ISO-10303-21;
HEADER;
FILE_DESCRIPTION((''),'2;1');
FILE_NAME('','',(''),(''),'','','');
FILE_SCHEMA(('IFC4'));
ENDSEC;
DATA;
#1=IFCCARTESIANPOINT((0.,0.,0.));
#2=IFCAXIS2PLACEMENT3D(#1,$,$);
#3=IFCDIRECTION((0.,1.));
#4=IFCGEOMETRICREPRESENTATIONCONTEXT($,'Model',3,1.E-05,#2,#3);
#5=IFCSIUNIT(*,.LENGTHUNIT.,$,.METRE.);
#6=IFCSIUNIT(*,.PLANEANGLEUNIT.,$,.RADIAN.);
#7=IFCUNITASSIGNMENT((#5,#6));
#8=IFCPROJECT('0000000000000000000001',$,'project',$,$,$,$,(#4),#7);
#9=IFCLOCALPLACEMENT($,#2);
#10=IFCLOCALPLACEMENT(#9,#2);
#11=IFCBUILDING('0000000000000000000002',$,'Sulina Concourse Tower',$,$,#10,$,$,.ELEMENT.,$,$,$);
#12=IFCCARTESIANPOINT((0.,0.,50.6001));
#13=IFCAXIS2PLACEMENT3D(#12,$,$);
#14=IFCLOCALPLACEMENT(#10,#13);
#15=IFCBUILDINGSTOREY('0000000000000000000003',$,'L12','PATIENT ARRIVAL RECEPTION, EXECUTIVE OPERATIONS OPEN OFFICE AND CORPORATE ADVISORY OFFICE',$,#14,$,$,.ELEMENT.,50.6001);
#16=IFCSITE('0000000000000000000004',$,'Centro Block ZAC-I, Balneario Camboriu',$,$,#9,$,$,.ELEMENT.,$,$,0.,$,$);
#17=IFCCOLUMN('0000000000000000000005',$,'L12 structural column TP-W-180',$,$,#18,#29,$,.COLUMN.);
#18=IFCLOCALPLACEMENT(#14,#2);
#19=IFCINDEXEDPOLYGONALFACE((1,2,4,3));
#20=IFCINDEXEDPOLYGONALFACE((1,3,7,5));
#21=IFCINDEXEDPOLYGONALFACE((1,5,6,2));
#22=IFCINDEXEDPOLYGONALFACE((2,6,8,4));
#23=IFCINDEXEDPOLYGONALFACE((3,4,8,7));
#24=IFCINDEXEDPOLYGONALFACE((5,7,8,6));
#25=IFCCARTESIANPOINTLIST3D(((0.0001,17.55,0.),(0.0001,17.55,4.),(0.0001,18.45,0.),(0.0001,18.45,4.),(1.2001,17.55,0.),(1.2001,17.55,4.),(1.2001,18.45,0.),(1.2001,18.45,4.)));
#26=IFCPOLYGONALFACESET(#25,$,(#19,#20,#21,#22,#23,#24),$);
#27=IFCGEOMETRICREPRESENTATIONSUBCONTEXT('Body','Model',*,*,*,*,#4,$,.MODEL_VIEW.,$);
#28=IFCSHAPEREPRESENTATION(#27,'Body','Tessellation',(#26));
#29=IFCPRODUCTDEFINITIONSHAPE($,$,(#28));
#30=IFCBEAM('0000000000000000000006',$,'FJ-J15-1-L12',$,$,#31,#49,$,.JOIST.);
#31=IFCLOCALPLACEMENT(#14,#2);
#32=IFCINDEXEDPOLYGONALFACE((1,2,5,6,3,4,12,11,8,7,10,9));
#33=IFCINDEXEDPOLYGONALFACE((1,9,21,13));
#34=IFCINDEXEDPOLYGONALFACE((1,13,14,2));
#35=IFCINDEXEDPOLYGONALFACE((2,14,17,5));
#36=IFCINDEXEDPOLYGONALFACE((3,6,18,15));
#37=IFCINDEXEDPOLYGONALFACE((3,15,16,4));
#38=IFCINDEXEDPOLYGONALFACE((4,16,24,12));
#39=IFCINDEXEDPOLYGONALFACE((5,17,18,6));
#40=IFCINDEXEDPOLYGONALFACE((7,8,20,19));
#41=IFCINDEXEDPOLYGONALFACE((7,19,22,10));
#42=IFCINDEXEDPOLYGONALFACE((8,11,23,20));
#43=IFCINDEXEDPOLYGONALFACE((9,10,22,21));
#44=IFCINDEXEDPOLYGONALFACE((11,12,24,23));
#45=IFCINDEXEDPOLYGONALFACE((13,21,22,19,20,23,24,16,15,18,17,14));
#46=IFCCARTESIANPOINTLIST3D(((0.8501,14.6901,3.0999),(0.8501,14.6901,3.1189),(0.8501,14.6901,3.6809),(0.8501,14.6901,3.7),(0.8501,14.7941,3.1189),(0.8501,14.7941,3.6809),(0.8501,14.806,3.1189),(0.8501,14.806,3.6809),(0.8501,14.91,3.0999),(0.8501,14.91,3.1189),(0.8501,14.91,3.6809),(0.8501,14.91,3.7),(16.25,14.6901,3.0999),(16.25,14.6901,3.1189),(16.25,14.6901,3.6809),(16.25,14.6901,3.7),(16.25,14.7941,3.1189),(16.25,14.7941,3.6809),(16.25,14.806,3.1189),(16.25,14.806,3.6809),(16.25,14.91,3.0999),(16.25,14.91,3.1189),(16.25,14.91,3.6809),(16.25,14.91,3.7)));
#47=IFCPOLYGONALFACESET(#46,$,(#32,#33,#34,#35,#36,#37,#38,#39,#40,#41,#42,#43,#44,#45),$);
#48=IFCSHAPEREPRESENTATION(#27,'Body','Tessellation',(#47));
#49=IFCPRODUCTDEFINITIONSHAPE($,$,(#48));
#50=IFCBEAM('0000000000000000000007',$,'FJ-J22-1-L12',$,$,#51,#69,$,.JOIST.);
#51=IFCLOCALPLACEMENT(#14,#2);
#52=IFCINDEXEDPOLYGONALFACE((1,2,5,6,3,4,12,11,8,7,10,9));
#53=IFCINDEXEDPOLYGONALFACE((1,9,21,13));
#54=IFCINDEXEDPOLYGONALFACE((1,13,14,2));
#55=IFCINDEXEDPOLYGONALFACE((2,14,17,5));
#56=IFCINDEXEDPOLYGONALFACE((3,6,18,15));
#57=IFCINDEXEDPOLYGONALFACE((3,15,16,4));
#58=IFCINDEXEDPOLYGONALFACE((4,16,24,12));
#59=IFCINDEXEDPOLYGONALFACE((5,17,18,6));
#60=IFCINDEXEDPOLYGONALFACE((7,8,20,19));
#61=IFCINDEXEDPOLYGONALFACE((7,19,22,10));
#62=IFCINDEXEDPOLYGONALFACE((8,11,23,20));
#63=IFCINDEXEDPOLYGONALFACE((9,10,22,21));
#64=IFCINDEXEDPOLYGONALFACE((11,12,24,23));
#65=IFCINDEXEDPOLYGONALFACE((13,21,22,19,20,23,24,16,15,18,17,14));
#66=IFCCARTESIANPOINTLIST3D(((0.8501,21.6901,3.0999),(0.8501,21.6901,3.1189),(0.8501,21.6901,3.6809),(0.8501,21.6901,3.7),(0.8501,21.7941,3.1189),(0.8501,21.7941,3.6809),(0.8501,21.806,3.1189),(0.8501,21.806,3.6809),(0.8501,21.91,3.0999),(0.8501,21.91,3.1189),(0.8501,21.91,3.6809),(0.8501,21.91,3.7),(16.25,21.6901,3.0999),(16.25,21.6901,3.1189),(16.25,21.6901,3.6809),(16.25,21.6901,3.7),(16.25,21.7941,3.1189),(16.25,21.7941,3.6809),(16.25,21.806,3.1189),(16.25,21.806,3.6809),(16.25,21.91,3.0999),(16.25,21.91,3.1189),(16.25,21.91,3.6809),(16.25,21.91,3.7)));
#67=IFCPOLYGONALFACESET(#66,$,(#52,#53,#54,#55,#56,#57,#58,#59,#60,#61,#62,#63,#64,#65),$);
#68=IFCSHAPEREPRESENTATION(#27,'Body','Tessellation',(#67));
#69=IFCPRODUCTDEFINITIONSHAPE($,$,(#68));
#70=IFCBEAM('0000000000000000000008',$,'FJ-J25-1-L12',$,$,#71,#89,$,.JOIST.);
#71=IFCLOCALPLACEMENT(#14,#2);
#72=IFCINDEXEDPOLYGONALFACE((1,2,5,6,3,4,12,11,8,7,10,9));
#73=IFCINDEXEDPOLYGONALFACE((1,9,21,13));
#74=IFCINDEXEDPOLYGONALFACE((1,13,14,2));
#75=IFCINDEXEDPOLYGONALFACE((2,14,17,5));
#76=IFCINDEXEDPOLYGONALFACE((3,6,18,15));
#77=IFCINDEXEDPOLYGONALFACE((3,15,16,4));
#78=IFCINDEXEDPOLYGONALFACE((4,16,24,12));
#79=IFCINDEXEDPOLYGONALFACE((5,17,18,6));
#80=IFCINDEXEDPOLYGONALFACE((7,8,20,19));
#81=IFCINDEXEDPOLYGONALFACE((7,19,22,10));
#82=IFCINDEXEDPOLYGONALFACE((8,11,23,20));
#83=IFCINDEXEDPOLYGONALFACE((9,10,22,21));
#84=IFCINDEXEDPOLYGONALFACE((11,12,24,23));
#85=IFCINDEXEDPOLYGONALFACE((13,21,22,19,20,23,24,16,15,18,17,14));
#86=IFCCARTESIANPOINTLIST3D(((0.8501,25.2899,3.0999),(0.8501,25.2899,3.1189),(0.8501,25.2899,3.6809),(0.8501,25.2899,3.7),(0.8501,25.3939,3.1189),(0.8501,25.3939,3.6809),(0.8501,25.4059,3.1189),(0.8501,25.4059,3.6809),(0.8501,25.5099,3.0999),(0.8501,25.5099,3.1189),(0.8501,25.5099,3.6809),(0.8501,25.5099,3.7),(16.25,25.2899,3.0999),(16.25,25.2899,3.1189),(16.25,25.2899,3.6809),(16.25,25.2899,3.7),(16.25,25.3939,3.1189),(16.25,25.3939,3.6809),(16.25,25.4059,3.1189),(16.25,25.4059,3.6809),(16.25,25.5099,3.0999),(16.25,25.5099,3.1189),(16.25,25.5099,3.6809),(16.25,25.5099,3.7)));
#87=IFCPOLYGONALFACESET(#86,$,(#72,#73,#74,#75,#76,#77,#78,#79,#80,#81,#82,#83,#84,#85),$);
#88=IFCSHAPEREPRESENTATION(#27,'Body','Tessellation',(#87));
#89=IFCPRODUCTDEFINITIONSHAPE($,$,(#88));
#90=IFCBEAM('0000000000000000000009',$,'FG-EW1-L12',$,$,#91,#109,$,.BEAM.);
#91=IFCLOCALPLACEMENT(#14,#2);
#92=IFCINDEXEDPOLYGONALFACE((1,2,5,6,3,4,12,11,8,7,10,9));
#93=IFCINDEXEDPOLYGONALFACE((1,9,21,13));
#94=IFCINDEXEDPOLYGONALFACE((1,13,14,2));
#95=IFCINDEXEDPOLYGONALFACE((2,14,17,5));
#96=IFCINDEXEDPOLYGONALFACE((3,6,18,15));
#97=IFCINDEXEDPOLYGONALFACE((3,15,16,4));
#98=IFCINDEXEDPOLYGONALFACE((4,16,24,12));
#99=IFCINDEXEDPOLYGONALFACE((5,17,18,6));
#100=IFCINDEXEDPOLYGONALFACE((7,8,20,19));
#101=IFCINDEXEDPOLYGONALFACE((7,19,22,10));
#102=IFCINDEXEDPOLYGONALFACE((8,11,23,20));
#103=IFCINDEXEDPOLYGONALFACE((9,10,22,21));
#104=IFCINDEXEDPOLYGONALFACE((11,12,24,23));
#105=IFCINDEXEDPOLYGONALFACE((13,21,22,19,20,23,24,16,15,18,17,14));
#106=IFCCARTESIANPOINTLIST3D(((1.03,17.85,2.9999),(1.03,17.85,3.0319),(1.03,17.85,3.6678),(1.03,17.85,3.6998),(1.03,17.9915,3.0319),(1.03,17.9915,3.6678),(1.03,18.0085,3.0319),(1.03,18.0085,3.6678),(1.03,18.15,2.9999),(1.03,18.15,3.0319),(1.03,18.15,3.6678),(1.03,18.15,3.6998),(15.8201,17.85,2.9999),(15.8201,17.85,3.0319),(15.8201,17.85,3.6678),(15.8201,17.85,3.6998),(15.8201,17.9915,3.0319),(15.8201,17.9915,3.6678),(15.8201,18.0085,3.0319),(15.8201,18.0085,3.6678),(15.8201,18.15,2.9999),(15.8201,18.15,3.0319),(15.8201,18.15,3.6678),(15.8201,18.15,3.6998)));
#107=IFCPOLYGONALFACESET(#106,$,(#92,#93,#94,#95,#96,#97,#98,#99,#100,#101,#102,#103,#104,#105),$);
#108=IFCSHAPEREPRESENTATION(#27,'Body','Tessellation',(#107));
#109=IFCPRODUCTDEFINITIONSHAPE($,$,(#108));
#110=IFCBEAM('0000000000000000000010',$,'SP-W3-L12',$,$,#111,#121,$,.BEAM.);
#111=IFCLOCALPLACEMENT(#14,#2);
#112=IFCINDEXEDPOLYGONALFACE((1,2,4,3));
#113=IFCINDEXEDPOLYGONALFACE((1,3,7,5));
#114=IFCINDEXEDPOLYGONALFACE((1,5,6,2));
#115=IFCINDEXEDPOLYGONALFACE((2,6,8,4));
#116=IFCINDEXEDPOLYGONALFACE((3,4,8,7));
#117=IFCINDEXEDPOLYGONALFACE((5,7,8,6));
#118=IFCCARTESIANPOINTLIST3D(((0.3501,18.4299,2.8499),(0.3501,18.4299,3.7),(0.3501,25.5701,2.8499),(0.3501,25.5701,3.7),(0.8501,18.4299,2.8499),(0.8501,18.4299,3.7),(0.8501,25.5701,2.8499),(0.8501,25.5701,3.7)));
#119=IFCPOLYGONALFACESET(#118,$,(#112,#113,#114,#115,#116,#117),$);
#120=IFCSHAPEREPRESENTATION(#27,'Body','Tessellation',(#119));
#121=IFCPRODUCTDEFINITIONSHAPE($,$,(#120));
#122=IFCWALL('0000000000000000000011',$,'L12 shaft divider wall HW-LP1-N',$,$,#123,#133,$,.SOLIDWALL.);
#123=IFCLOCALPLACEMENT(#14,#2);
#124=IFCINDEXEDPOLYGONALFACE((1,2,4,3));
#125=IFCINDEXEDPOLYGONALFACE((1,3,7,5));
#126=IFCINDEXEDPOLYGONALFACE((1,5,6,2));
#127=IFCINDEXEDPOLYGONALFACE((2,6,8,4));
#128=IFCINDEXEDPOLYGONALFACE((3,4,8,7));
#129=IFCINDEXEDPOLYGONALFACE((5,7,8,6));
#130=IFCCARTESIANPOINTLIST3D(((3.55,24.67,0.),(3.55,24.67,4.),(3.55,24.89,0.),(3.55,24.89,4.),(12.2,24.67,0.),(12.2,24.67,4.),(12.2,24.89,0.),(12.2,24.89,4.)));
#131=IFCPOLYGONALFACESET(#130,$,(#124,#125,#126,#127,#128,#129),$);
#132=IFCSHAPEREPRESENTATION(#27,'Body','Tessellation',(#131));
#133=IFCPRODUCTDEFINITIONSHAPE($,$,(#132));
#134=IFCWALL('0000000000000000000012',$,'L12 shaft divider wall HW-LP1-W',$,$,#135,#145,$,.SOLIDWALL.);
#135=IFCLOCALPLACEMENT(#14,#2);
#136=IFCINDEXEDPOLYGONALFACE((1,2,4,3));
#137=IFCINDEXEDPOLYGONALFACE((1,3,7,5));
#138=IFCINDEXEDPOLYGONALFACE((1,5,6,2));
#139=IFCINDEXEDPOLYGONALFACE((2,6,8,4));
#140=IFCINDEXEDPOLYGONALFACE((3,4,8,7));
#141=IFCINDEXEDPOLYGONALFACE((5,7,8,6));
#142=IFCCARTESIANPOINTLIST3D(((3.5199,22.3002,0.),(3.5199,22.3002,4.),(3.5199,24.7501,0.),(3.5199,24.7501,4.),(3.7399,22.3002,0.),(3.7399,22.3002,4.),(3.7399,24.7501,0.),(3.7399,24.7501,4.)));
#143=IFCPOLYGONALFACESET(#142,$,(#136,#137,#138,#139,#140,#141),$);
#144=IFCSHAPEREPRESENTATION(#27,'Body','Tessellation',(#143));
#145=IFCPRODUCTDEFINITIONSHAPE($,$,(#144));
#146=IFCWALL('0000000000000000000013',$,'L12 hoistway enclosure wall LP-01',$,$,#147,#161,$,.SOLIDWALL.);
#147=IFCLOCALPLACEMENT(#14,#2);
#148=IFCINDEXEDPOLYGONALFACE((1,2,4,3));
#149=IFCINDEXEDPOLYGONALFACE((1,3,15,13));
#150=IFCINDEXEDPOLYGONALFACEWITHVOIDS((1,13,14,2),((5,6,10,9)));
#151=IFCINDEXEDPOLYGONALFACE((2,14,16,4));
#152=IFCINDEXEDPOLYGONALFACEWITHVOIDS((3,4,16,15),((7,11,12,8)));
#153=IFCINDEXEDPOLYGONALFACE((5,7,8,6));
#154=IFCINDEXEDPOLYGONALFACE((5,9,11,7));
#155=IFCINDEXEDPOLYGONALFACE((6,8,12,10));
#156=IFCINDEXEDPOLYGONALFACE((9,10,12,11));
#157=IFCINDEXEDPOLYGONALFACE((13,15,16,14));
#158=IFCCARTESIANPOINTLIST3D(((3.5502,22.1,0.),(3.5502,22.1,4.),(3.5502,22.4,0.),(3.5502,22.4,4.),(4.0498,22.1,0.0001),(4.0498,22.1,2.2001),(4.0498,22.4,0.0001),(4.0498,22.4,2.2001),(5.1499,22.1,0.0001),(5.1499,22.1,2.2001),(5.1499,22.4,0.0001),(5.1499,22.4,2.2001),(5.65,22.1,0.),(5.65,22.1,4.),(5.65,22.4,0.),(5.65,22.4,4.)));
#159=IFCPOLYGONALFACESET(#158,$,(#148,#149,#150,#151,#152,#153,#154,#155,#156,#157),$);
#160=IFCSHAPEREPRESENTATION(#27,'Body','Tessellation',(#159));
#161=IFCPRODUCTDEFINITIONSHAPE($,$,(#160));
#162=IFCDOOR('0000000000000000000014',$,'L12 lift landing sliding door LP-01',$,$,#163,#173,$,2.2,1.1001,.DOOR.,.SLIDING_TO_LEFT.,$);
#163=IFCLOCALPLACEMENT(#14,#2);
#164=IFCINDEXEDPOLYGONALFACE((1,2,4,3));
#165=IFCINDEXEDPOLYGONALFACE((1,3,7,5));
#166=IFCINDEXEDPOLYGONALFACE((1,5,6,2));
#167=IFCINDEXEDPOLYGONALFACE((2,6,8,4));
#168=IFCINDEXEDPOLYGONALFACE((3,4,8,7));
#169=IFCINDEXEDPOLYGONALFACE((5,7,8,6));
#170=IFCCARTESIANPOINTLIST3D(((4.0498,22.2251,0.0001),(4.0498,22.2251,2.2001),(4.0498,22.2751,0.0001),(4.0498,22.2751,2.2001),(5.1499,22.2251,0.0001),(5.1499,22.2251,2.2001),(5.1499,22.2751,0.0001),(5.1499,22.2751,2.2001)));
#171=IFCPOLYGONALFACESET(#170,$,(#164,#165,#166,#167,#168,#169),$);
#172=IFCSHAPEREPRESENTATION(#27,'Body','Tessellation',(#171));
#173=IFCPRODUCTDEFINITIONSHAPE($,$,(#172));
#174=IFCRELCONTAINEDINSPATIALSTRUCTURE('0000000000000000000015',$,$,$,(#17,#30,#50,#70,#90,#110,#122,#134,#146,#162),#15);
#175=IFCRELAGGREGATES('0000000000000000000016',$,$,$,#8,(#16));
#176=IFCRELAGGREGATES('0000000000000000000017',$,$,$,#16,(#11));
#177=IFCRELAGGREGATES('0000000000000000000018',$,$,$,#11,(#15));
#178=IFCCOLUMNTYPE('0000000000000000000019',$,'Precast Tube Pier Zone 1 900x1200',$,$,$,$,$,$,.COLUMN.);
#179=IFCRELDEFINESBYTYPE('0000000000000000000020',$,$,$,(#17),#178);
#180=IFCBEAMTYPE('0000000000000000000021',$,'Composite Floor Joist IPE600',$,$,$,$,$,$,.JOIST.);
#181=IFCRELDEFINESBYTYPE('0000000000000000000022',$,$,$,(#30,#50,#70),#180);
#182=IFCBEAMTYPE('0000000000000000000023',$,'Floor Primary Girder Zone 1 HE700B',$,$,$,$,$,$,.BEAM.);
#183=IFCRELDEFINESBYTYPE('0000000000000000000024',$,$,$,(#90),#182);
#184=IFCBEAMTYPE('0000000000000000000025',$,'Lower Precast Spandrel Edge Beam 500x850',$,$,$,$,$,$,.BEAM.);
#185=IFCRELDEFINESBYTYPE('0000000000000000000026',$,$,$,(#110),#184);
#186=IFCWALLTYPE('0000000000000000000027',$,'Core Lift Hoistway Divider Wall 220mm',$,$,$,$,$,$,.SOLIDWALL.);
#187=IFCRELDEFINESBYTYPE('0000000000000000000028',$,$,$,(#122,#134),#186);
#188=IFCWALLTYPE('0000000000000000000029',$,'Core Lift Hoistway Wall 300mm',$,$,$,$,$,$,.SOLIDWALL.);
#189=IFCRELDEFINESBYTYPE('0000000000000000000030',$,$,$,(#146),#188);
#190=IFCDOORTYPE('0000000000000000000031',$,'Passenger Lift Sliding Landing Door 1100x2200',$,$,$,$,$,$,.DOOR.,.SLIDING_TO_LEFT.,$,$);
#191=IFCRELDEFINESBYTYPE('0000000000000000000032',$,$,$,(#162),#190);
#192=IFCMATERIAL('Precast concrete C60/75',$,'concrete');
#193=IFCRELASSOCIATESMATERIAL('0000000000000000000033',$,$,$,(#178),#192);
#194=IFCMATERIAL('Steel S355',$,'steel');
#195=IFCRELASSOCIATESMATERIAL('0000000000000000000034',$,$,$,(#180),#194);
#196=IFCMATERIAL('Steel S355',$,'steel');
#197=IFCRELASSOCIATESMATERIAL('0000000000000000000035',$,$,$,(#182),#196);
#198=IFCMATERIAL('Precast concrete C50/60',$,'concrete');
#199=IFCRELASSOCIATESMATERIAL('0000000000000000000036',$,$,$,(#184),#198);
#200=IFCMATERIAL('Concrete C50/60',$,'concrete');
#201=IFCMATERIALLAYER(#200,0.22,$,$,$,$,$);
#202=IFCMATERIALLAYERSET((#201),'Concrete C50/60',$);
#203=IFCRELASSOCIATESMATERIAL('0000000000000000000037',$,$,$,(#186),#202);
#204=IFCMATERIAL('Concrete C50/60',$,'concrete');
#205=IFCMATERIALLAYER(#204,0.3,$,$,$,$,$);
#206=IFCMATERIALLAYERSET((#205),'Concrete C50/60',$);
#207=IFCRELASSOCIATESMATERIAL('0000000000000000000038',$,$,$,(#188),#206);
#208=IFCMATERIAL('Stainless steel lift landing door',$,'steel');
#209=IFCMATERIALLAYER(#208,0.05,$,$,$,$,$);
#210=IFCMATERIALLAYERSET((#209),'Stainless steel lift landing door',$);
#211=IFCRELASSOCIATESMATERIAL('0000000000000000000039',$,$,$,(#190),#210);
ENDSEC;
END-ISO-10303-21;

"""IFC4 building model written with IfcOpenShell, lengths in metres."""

from ifc_helpers import new_model, si_unit, direction, frame, frame_2d, origin, origin_2d, place, context, subcontext, project, spatial, rectangle, i_section, extrude, material, layer, layer_set, material_profile, profile_set, type_object, element, fill, save


model = new_model("IFC4")

# Units and contexts
model_context = context("Model", 3, precision=1e-05, world=origin(), true_north=direction((0.0, 1.0)))
body_context = subcontext(model_context, "Body", "Model", "MODEL_VIEW")
ifc_project = project(units=[si_unit("LENGTHUNIT", "METRE"), si_unit("PLANEANGLEUNIT", "RADIAN")], contexts=[model_context])

# Site, building, storey
site_placement = place(None, origin())
site = spatial("IfcSite", under=ifc_project, at=site_placement, Name="Centro Block ZAC-I, Balneario Camboriu", CompositionType="ELEMENT", RefElevation=0.0)
building_placement = place(site_placement, origin())
building = spatial("IfcBuilding", under=site, at=building_placement, Name="Sulina Concourse Tower", CompositionType="ELEMENT")
storey_placement = place(building_placement, frame((0.0, 0.0, 50.6001)))
storey = spatial("IfcBuildingStorey", under=building, at=storey_placement, Name="L12", Description="PATIENT ARRIVAL RECEPTION, EXECUTIVE OPERATIONS OPEN OFFICE AND CORPORATE ADVISORY OFFICE", CompositionType="ELEMENT", Elevation=50.6001)

# Column
ifc_material_1 = material(Name="Precast concrete C60/75", Category="concrete")
ifc_material_profile_1 = material_profile(ifc_material_1, rectangle(XDim=0.8999, YDim=1.2, at=origin_2d()), Name="PC 900x1200")
ifc_profile_set_1 = profile_set([ifc_material_profile_1], Name="Precast concrete C60/75")
column_type = type_object("IfcColumnType", Name="Precast Tube Pier Zone 1 900x1200", PredefinedType="COLUMN", material=ifc_profile_set_1)
column_placement = place(storey_placement, frame((0.6001, 18.0, 0.0), z_axis=(0.0, 0.0, 1.0), x_axis=(0.0, 1.0, 0.0)))
element("IfcColumn", 1, at=column_placement, inside=storey, type_object=column_type, Name="L12 structural column TP-W-180", PredefinedType="COLUMN", context=body_context, shape_type="SweptSolid", body=[
    extrude(rectangle(XDim=0.8999, YDim=1.2, at=origin_2d()), origin(), (0.0, 0.0, 1.0), 4.0),
])

# Beams
ifc_material_2 = material(Name="Steel S355", Category="steel")
ifc_material_profile_2 = material_profile(ifc_material_2, i_section(OverallWidth=0.22, OverallDepth=0.6001, WebThickness=0.012, FlangeThickness=0.019, at=origin_2d()), Name="IPE 600")
ifc_profile_set_2 = profile_set([ifc_material_profile_2], Name="Steel S355")
beam_type_1 = type_object("IfcBeamType", Name="Composite Floor Joist IPE600", PredefinedType="JOIST", material=ifc_profile_set_2)
for number, where, z_axis, x_axis, name in (
    (2, (0.8501, 14.8, 3.3999), (1.0, 0.0, 0.0), (0.0, 1.0, 0.0), "FJ-J15-1-L12"),
    (3, (0.8501, 21.8, 3.3999), (1.0, 0.0, 0.0), (0.0, 1.0, 0.0), "FJ-J22-1-L12"),
    (4, (0.8501, 25.3999, 3.3999), (1.0, 0.0, 0.0), (0.0, 1.0, 0.0), "FJ-J25-1-L12"),
):
    element("IfcBeam", number, at=place(storey_placement, frame(where, z_axis=z_axis, x_axis=x_axis)), inside=storey, type_object=beam_type_1, Name=name, PredefinedType="JOIST", context=body_context, shape_type="SweptSolid", body=[
        extrude(i_section(OverallWidth=0.22, OverallDepth=0.6001, WebThickness=0.012, FlangeThickness=0.019, at=origin_2d()), origin(), (0.0, 0.0, 1.0), 15.3999),
    ])
ifc_material_3 = material(Name="Steel S355", Category="steel")
ifc_material_profile_3 = material_profile(ifc_material_3, i_section(OverallWidth=0.3, OverallDepth=0.7, WebThickness=0.0171, FlangeThickness=0.032, at=origin_2d()), Name="HE 700 B")
ifc_profile_set_3 = profile_set([ifc_material_profile_3], Name="Steel S355")
beam_type_2 = type_object("IfcBeamType", Name="Floor Primary Girder Zone 1 HE700B", PredefinedType="BEAM", material=ifc_profile_set_3)
beam_1_placement = place(storey_placement, frame((1.03, 18.0, 3.3499), z_axis=(1.0, 0.0, 0.0), x_axis=(0.0, 1.0, 0.0)))
element("IfcBeam", 5, at=beam_1_placement, inside=storey, type_object=beam_type_2, Name="FG-EW1-L12", PredefinedType="BEAM", context=body_context, shape_type="SweptSolid", body=[
    extrude(i_section(OverallWidth=0.3, OverallDepth=0.7, WebThickness=0.0171, FlangeThickness=0.032, at=origin_2d()), origin(), (0.0, 0.0, 1.0), 14.79),
])
ifc_material_4 = material(Name="Precast concrete C50/60", Category="concrete")
ifc_material_profile_4 = material_profile(ifc_material_4, rectangle(XDim=0.5, YDim=0.8501, at=origin_2d()), Name="RC 500x850")
ifc_profile_set_4 = profile_set([ifc_material_profile_4], Name="Precast concrete C50/60")
beam_type_3 = type_object("IfcBeamType", Name="Lower Precast Spandrel Edge Beam 500x850", PredefinedType="BEAM", material=ifc_profile_set_4)
beam_2_placement = place(storey_placement, frame((0.6001, 18.4299, 3.2749), z_axis=(0.0, 1.0, 0.0), x_axis=(-1.0, 0.0, 0.0)))
element("IfcBeam", 6, at=beam_2_placement, inside=storey, type_object=beam_type_3, Name="SP-W3-L12", PredefinedType="BEAM", context=body_context, shape_type="SweptSolid", body=[
    extrude(rectangle(XDim=0.5, YDim=0.8501, at=origin_2d()), origin(), (0.0, 0.0, 1.0), 7.1401),
])

# Walls
ifc_material_5 = material(Name="Concrete C50/60", Category="concrete")
ifc_layer_1 = layer(ifc_material_5, 0.22)
ifc_layer_set_1 = layer_set([ifc_layer_1], Name="Concrete C50/60")
wall_type_1 = type_object("IfcWallType", Name="Core Lift Hoistway Divider Wall 220mm", PredefinedType="SOLIDWALL", material=ifc_layer_set_1)
wall_1_placement = place(storey_placement, frame((3.55, 24.78, 0.0), z_axis=(0.0, 0.0, 1.0), x_axis=(1.0, 0.0, 0.0)))
element("IfcWall", 7, at=wall_1_placement, inside=storey, type_object=wall_type_1, Name="L12 shaft divider wall HW-LP1-N", PredefinedType="SOLIDWALL", context=body_context, shape_type="SweptSolid", body=[
    extrude(rectangle(XDim=8.6499, YDim=0.22, at=frame_2d((4.325, 0.0))), origin(), (0.0, 0.0, 1.0), 4.0),
])
wall_2_placement = place(storey_placement, frame((3.6299, 22.3, 0.0), z_axis=(0.0, 0.0, 1.0), x_axis=(0.0, 1.0, 0.0)))
element("IfcWall", 8, at=wall_2_placement, inside=storey, type_object=wall_type_1, Name="L12 shaft divider wall HW-LP1-W", PredefinedType="SOLIDWALL", context=body_context, shape_type="SweptSolid", body=[
    extrude(rectangle(XDim=2.45, YDim=0.22, at=frame_2d((1.2251, 0.0))), origin(), (0.0, 0.0, 1.0), 4.0),
])

# Wall, opening, door
ifc_material_6 = material(Name="Concrete C50/60", Category="concrete")
ifc_layer_2 = layer(ifc_material_6, 0.3)
ifc_layer_set_2 = layer_set([ifc_layer_2], Name="Concrete C50/60")
wall_type_2 = type_object("IfcWallType", Name="Core Lift Hoistway Wall 300mm", PredefinedType="SOLIDWALL", material=ifc_layer_set_2)
wall_3_placement = place(storey_placement, frame((5.6499, 22.25, 0.0), z_axis=(0.0, 0.0, 1.0), x_axis=(-1.0, 0.0, 0.0)))
wall_3 = element("IfcWall", 9, at=wall_3_placement, inside=storey, type_object=wall_type_2, Name="L12 hoistway enclosure wall LP-01", PredefinedType="SOLIDWALL", context=body_context, shape_type="SweptSolid", body=[
    extrude(rectangle(XDim=2.0999, YDim=0.3, at=frame_2d((1.0498, 0.0))), origin(), (0.0, 0.0, 1.0), 4.0),
])
opening_1_placement = place(wall_3_placement, frame((0.5, 0.0, 0.0)))
opening_1 = element("IfcOpeningElement", 10, at=opening_1_placement, cuts=wall_3, PredefinedType="OPENING", context=body_context, shape_type="SweptSolid", body=[
    extrude(rectangle(XDim=1.1001, YDim=2.2, at=frame_2d((0.55, 1.1001))), frame((0.0, 0.1599, 0.0), z_axis=(0.0, -1.0, 0.0), x_axis=(1.0, 0.0, 0.0)), (0.0, 0.0, 1.0), 0.3201),
])
ifc_material_7 = material(Name="Stainless steel lift landing door", Category="steel")
ifc_layer_3 = layer(ifc_material_7, 0.05)
ifc_layer_set_3 = layer_set([ifc_layer_3], Name="Stainless steel lift landing door")
door_type_1 = type_object("IfcDoorType", Name="Passenger Lift Sliding Landing Door 1100x2200", OperationType="SLIDING_TO_LEFT", PredefinedType="DOOR", material=ifc_layer_set_3)
door_1_placement = place(opening_1_placement, origin())
door_1 = element("IfcDoor", 11, at=door_1_placement, inside=storey, type_object=door_type_1, Name="L12 lift landing sliding door LP-01", OperationType="SLIDING_TO_LEFT", OverallHeight=2.2, OverallWidth=1.1001, PredefinedType="DOOR", context=body_context, shape_type="SweptSolid", body=[
    extrude(rectangle(XDim=1.1001, YDim=2.2, at=frame_2d((0.55, 1.1001))), frame((0.0, 0.0249, 0.0), z_axis=(0.0, -1.0, 0.0), x_axis=(1.0, 0.0, 0.0)), (0.0, 0.0, 1.0), 0.05),
])
fill(opening_1, door_1)

save(model, "model.ifc")
